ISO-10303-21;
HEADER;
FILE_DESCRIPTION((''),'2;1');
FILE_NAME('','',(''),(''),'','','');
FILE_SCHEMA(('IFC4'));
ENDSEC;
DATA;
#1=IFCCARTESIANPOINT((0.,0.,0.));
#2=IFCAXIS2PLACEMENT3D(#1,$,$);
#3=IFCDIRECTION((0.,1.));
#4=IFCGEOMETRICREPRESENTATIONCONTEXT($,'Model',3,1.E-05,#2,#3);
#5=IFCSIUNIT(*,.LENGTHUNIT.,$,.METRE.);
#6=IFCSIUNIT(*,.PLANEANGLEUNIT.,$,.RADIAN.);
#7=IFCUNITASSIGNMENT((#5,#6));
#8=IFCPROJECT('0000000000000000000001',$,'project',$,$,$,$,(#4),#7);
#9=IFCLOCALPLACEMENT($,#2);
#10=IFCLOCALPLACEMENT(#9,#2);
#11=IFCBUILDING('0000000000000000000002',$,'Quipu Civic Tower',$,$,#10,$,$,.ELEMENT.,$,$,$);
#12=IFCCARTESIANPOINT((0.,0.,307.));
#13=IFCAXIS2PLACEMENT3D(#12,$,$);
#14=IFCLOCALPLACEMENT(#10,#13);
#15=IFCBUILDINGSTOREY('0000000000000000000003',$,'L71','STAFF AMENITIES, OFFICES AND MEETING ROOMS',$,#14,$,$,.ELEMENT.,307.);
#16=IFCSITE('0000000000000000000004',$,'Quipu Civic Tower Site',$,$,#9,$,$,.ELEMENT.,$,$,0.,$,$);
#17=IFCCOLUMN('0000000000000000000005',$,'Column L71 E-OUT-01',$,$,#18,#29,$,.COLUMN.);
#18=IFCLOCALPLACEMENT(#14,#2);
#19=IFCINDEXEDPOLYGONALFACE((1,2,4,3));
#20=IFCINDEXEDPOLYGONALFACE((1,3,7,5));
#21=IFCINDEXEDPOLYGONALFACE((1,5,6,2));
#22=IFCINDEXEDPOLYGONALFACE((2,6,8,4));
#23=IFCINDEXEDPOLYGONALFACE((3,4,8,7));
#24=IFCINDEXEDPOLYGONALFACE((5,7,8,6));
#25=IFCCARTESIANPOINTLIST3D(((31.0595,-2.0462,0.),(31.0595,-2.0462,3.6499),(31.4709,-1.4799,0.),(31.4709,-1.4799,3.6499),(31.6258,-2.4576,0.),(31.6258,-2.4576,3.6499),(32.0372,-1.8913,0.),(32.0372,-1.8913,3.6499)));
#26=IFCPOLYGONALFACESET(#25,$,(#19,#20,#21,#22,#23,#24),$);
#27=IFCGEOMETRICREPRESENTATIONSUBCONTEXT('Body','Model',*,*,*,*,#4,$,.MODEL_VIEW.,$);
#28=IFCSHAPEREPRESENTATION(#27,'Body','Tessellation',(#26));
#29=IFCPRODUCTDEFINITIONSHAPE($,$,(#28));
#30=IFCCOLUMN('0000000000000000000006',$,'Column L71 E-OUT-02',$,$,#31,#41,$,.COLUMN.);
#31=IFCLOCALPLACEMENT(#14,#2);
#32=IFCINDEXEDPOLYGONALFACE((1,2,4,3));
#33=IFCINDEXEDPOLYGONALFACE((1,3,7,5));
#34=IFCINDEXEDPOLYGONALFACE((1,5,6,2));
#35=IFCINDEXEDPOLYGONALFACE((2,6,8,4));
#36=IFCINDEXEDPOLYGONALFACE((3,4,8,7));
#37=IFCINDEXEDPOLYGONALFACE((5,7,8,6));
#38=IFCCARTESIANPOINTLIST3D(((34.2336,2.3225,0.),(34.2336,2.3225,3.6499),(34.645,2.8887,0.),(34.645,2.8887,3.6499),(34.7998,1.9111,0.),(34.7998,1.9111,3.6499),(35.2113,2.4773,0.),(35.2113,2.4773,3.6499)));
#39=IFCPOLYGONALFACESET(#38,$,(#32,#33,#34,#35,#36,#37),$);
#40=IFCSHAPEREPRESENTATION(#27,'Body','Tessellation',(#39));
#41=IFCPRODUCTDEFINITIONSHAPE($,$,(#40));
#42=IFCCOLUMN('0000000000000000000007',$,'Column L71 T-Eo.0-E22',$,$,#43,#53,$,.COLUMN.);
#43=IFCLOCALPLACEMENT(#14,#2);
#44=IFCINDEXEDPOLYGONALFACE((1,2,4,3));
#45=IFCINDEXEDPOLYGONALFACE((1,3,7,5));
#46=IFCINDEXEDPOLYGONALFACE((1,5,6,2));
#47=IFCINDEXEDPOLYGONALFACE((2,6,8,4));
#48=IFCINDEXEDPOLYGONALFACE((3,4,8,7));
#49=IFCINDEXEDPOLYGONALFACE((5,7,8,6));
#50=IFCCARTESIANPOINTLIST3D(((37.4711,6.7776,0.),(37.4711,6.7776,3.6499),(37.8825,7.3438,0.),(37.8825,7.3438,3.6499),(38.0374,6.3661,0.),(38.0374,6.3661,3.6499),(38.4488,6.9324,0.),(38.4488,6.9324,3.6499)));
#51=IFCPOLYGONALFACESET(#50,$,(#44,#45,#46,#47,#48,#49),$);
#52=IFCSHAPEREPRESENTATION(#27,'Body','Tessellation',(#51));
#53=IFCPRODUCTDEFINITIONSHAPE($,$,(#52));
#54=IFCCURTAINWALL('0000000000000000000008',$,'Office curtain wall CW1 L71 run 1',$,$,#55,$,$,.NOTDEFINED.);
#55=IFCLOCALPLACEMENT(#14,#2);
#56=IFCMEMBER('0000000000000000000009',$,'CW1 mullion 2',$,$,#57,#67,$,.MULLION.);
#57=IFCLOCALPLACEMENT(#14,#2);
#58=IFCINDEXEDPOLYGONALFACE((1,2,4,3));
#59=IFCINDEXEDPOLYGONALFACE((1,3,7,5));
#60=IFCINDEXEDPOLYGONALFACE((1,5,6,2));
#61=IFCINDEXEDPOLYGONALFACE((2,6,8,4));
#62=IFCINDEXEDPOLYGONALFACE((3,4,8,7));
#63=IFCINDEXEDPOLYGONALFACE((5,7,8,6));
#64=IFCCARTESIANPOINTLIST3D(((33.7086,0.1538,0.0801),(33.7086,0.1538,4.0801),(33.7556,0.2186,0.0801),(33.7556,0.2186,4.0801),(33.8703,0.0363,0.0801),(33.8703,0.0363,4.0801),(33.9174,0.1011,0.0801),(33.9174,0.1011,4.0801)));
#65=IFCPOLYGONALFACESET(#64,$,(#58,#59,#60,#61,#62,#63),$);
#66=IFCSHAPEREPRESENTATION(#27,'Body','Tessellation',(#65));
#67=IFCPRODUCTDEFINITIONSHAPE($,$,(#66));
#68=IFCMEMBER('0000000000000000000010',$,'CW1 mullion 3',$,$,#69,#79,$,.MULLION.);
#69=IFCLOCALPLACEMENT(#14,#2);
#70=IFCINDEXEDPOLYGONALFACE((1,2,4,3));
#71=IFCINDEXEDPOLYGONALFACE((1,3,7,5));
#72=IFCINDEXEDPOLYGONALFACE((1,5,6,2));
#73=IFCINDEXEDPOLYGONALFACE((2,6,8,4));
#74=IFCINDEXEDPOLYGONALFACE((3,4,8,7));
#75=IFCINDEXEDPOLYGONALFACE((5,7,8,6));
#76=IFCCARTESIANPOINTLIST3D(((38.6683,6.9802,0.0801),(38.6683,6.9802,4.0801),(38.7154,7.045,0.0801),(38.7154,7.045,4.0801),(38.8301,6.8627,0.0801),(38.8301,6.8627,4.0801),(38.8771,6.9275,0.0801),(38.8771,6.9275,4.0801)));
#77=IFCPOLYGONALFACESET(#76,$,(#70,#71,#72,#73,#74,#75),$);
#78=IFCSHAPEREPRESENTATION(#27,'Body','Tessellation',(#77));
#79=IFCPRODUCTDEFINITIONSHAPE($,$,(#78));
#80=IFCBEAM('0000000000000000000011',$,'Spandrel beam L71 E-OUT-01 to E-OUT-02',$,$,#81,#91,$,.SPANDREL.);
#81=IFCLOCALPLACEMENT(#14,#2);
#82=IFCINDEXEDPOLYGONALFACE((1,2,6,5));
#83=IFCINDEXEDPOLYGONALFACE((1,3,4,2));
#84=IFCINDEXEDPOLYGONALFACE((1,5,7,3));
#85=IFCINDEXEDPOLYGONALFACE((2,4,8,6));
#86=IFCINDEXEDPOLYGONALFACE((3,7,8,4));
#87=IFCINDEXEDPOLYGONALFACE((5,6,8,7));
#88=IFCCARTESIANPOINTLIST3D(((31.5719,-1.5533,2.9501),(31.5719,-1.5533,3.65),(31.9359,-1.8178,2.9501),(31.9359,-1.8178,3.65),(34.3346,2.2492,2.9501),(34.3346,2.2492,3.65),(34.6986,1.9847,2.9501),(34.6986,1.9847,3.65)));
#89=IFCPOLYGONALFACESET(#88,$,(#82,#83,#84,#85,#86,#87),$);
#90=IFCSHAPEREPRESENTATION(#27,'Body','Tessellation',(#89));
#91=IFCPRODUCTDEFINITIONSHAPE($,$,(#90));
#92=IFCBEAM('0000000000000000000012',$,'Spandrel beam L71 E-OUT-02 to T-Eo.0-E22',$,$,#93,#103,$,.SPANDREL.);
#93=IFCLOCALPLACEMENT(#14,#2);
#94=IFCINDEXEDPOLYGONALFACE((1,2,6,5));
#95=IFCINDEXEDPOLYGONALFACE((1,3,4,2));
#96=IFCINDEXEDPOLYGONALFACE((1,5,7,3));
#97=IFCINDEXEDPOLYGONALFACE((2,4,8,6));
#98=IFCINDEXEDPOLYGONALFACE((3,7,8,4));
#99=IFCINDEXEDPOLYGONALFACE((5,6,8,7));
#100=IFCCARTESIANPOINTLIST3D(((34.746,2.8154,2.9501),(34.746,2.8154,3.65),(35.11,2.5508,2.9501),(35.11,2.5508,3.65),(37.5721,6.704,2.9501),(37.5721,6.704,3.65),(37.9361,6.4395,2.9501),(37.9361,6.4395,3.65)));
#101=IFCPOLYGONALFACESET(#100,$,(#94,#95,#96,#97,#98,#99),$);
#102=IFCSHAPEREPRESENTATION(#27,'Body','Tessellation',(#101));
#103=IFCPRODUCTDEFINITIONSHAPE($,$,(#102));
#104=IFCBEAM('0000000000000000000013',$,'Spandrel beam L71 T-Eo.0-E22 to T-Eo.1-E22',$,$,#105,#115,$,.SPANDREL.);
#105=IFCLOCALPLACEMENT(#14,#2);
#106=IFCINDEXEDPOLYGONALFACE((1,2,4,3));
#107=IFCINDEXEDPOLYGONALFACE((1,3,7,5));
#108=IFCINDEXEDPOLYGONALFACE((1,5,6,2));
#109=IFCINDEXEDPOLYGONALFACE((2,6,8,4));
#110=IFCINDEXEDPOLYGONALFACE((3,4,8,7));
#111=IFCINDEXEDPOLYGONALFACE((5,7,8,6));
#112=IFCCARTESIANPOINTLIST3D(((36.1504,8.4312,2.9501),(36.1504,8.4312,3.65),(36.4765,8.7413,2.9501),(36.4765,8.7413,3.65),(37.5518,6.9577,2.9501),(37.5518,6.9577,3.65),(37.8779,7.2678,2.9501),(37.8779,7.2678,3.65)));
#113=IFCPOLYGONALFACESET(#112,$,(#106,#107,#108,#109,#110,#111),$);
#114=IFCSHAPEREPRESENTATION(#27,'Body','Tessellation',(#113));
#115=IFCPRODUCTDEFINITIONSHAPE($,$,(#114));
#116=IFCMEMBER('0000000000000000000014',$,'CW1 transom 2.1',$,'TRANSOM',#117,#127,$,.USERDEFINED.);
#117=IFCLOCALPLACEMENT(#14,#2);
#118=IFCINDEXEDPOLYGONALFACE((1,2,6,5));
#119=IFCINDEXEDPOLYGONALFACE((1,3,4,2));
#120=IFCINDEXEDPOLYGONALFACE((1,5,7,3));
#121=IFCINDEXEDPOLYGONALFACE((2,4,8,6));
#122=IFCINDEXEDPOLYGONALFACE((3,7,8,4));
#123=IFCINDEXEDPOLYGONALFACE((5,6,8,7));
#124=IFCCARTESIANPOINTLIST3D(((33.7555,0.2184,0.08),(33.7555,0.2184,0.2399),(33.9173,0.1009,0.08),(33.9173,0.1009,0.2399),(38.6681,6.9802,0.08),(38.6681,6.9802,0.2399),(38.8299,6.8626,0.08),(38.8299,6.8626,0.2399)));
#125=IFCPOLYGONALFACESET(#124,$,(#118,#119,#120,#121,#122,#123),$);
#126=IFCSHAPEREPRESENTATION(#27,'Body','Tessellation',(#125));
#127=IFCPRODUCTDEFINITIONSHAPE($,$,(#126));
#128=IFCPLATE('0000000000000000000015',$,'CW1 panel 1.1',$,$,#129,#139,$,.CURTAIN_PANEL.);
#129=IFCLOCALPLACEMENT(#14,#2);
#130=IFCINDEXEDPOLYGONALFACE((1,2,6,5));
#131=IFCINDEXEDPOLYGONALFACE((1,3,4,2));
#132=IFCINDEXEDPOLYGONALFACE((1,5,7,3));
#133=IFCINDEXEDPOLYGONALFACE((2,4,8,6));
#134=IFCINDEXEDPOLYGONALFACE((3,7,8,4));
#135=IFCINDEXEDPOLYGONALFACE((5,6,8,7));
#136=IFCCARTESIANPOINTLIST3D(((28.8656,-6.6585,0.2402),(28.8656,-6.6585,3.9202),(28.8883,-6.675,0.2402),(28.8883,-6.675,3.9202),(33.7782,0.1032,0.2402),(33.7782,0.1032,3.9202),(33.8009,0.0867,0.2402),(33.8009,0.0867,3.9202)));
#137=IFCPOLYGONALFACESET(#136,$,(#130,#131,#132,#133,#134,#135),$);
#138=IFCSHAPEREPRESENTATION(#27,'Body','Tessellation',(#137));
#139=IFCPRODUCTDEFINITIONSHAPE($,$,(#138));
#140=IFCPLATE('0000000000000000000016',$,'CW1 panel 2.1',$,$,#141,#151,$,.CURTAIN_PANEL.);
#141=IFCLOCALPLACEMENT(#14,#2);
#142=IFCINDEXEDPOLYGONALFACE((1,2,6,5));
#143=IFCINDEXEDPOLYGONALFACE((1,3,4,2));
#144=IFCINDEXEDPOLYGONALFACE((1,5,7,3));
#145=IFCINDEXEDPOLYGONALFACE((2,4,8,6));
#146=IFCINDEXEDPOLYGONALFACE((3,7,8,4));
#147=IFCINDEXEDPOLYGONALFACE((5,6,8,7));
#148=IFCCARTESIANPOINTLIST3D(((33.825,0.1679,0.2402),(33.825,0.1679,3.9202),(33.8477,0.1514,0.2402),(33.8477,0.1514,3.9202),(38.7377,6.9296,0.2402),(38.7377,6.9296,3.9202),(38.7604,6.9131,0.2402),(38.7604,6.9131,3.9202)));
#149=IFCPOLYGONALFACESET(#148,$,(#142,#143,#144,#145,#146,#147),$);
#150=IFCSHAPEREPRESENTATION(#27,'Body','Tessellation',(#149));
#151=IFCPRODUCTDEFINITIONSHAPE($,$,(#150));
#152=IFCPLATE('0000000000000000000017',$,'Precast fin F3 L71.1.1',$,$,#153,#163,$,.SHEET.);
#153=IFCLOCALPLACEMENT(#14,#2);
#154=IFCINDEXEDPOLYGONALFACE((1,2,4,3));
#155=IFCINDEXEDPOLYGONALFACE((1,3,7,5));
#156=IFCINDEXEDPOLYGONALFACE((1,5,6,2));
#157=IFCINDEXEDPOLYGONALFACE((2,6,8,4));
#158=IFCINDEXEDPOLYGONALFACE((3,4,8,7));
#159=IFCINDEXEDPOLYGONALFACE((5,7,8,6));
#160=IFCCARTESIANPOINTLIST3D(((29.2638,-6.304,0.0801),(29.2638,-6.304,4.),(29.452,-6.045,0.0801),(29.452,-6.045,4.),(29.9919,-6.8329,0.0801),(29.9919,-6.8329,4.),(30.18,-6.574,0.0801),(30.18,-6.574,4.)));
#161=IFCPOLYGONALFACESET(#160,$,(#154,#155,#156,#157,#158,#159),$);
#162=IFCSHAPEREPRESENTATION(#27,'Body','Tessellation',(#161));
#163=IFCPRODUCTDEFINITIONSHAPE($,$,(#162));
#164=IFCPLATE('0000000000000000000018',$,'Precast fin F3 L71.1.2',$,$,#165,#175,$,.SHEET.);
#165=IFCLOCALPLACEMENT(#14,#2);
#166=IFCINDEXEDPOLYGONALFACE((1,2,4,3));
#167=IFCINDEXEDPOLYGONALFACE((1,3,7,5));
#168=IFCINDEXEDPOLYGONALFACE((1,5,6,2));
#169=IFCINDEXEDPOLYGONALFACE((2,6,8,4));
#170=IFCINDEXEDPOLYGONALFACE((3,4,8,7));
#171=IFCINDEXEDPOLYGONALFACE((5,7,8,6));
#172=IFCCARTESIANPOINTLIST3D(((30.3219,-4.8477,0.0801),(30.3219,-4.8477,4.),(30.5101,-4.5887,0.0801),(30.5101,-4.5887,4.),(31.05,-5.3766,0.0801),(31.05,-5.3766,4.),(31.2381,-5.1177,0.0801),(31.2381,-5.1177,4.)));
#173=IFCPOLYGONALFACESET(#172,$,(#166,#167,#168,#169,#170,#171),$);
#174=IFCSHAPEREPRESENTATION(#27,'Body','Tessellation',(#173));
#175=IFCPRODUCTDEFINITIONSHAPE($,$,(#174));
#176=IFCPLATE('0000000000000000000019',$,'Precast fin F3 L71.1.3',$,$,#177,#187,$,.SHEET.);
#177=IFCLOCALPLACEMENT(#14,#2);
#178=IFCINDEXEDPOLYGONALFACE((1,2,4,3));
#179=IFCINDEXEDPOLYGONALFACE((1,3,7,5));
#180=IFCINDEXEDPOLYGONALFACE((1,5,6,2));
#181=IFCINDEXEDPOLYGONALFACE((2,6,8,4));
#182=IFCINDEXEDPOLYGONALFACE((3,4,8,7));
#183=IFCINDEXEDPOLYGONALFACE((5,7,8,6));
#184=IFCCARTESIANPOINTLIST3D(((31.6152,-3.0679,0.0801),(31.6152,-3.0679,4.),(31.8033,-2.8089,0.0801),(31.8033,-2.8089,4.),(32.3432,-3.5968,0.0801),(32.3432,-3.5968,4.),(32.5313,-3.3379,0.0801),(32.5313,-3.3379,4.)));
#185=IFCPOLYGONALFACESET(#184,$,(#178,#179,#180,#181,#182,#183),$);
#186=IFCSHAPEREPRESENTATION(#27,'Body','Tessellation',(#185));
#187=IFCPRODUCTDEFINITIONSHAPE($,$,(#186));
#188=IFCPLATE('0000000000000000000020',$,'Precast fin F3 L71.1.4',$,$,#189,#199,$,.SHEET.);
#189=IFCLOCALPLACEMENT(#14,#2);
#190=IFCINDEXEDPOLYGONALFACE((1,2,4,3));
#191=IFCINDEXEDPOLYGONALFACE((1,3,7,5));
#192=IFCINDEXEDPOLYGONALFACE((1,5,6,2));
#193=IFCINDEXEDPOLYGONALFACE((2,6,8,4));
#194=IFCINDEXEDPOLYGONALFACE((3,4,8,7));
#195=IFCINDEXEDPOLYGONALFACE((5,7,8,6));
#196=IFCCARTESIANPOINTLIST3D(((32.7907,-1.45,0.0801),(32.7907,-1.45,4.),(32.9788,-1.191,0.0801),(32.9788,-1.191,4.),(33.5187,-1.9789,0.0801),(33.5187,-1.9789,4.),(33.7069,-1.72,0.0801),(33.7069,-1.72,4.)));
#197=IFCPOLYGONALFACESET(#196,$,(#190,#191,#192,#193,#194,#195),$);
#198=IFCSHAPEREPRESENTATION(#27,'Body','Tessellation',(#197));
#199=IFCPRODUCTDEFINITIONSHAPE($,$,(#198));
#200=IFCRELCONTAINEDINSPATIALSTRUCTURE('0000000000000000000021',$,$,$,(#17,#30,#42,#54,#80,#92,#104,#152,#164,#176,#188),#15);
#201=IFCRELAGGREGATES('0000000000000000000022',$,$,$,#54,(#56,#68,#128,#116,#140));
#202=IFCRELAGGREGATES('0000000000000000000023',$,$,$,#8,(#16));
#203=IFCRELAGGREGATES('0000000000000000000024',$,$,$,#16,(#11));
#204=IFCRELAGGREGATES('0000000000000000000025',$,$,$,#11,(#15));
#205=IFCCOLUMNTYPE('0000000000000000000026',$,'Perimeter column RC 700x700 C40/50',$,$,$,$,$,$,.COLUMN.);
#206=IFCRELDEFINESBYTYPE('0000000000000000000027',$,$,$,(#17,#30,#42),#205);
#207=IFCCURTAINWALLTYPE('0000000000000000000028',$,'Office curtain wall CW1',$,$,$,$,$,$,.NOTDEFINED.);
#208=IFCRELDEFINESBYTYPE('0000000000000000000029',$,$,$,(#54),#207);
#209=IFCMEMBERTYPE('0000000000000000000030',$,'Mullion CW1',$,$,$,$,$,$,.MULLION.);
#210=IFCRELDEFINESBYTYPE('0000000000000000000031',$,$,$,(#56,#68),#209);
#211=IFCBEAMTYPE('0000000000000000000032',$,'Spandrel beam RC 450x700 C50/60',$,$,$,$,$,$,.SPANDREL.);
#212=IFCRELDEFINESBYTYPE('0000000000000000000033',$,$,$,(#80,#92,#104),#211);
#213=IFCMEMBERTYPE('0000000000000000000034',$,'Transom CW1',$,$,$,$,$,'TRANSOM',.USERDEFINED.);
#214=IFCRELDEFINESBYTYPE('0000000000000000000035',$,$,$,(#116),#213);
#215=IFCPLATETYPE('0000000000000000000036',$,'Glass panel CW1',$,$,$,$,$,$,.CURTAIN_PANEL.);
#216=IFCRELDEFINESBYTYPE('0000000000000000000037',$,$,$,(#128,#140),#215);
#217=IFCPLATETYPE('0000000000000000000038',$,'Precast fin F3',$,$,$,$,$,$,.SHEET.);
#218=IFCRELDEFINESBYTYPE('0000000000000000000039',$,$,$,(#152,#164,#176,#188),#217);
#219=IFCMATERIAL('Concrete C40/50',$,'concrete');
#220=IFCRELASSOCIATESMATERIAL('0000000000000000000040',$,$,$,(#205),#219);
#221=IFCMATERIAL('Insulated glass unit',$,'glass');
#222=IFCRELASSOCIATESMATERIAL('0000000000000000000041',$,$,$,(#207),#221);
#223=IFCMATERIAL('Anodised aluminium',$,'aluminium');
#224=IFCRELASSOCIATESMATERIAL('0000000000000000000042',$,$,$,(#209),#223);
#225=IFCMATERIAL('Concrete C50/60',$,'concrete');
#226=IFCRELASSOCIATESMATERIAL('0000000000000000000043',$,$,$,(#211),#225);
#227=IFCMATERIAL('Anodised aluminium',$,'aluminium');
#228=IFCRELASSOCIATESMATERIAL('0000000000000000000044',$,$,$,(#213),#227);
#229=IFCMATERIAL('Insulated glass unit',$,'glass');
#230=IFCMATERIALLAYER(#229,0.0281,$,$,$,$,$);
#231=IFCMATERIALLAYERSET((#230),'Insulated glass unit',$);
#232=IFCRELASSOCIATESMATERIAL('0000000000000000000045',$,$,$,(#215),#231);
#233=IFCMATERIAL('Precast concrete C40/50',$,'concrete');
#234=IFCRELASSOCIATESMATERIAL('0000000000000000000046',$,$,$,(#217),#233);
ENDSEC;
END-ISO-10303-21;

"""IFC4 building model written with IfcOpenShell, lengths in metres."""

from ifc_helpers import new_model, si_unit, direction, frame, origin, origin_2d, place, context, subcontext, project, spatial, rectangle, extrude, material, layer, layer_set, material_profile, profile_set, type_object, element, aggregate, save


model = new_model("IFC4")

# Units and contexts
model_context = context("Model", 3, precision=1e-05, world=origin(), true_north=direction((0.0, 1.0)))
body_context = subcontext(model_context, "Body", "Model", "MODEL_VIEW")
ifc_project = project(units=[si_unit("LENGTHUNIT", "METRE"), si_unit("PLANEANGLEUNIT", "RADIAN")], contexts=[model_context])

# Site, building, storey
site_placement = place(None, origin())
site = spatial("IfcSite", under=ifc_project, at=site_placement, Name="Quipu Civic Tower Site", CompositionType="ELEMENT", RefElevation=0.0)
building_placement = place(site_placement, origin())
building = spatial("IfcBuilding", under=site, at=building_placement, Name="Quipu Civic Tower", CompositionType="ELEMENT")
storey_placement = place(building_placement, frame((0.0, 0.0, 307.0)))
storey = spatial("IfcBuildingStorey", under=building, at=storey_placement, Name="L71", Description="STAFF AMENITIES, OFFICES AND MEETING ROOMS", CompositionType="ELEMENT", Elevation=307.0)

# Columns
ifc_material_1 = material(Name="Concrete C40/50", Category="concrete")
ifc_material_profile_1 = material_profile(ifc_material_1, rectangle(XDim=0.7, YDim=0.7, at=origin_2d()), Name="RC700x700")
ifc_profile_set_1 = profile_set([ifc_material_profile_1], Name="Concrete C40/50")
column_type = type_object("IfcColumnType", Name="Perimeter column RC 700x700 C40/50", PredefinedType="COLUMN", material=ifc_profile_set_1)
for number, where, z_axis, x_axis, name in (
    (1, (31.5483, -1.9688, 0.0), (0.0, 0.0, 1.0), (0.587785, 0.809017, 0.0), "Column L71 E-OUT-01"),
    (2, (34.7224, 2.3999, 0.0), (0.0, 0.0, 1.0), (0.587785, 0.809017, 0.0), "Column L71 E-OUT-02"),
    (3, (37.96, 6.855, 0.0), (0.0, 0.0, 1.0), (0.587785, 0.809017, 0.0), "Column L71 T-Eo.0-E22"),
):
    element("IfcColumn", number, at=place(storey_placement, frame(where, z_axis=z_axis, x_axis=x_axis)), inside=storey, type_object=column_type, Name=name, PredefinedType="COLUMN", context=body_context, shape_type="SweptSolid", body=[
        extrude(rectangle(XDim=0.7, YDim=0.7, at=origin_2d()), origin(), (0.0, 0.0, 1.0), 3.6499),
    ])

# Curtain wall, members
ifc_material_2 = material(Name="Insulated glass unit", Category="glass")
curtain_wall_type = type_object("IfcCurtainWallType", Name="Office curtain wall CW1", PredefinedType="NOTDEFINED", material=ifc_material_2)
curtain_wall_placement = place(storey_placement, origin())
curtain_wall = element("IfcCurtainWall", 4, at=curtain_wall_placement, inside=storey, type_object=curtain_wall_type, Name="Office curtain wall CW1 L71 run 1", PredefinedType="NOTDEFINED")
ifc_material_3 = material(Name="Anodised aluminium", Category="aluminium")
ifc_material_profile_2 = material_profile(ifc_material_3, rectangle(XDim=0.2, YDim=0.0801, at=origin_2d()), Name="RECT 200x80")
ifc_profile_set_2 = profile_set([ifc_material_profile_2], Name="Anodised aluminium")
member_type_1 = type_object("IfcMemberType", Name="Mullion CW1", PredefinedType="MULLION", material=ifc_profile_set_2)
member_1_placement = place(storey_placement, frame((33.813, 0.1274, 0.0801), z_axis=(0.0, 0.0, 1.0), x_axis=(-0.809016, 0.587786, 0.0)))
member_1 = element("IfcMember", 5, at=member_1_placement, type_object=member_type_1, Name="CW1 mullion 2", PredefinedType="MULLION", context=body_context, shape_type="SweptSolid", body=[
    extrude(rectangle(XDim=0.2, YDim=0.0801, at=origin_2d()), origin(), (0.0, 0.0, 1.0), 4.0),
])
member_2_placement = place(storey_placement, frame((38.7727, 6.9539, 0.0801), z_axis=(0.0, 0.0, 1.0), x_axis=(-0.809016, 0.587786, 0.0)))
member_2 = element("IfcMember", 6, at=member_2_placement, type_object=member_type_1, Name="CW1 mullion 3", PredefinedType="MULLION", context=body_context, shape_type="SweptSolid", body=[
    extrude(rectangle(XDim=0.2, YDim=0.0801, at=origin_2d()), origin(), (0.0, 0.0, 1.0), 4.0),
])

# Beams
ifc_material_4 = material(Name="Concrete C50/60", Category="concrete")
ifc_material_profile_3 = material_profile(ifc_material_4, rectangle(XDim=0.45, YDim=0.7, at=origin_2d()), Name="RC450x700")
ifc_profile_set_3 = profile_set([ifc_material_profile_3], Name="Concrete C50/60")
beam_type = type_object("IfcBeamType", Name="Spandrel beam RC 450x700 C50/60", PredefinedType="SPANDREL", material=ifc_profile_set_3)
beam_1_placement = place(storey_placement, frame((31.7539, -1.6855, 3.3), z_axis=(0.587789, 0.809015, 0.0), x_axis=(-0.809015, 0.587789, 0.0)))
element("IfcBeam", 7, at=beam_1_placement, inside=storey, type_object=beam_type, Name="Spandrel beam L71 E-OUT-01 to E-OUT-02", PredefinedType="SPANDREL", context=body_context, shape_type="SweptSolid", body=[
    extrude(rectangle(XDim=0.45, YDim=0.7, at=origin_2d()), origin(), (0.0, 0.0, 1.0), 4.7002),
])
beam_2_placement = place(storey_placement, frame((34.928, 2.6831, 3.3), z_axis=(0.587906, 0.808929, 0.0), x_axis=(-0.808929, 0.587906, 0.0)))
element("IfcBeam", 8, at=beam_2_placement, inside=storey, type_object=beam_type, Name="Spandrel beam L71 E-OUT-02 to T-Eo.0-E22", PredefinedType="SPANDREL", context=body_context, shape_type="SweptSolid", body=[
    extrude(rectangle(XDim=0.45, YDim=0.7, at=origin_2d()), origin(), (0.0, 0.0, 1.0), 4.8071),
])
beam_3_placement = place(storey_placement, frame((37.7148, 7.1128, 3.3), z_axis=(-0.689175, 0.724595, 0.0), x_axis=(-0.724595, -0.689175, 0.0)))
element("IfcBeam", 9, at=beam_3_placement, inside=storey, type_object=beam_type, Name="Spandrel beam L71 T-Eo.0-E22 to T-Eo.1-E22", PredefinedType="SPANDREL", context=body_context, shape_type="SweptSolid", body=[
    extrude(rectangle(XDim=0.45, YDim=0.7, at=origin_2d()), origin(), (0.0, 0.0, 1.0), 2.0334),
])

# Member
ifc_material_5 = material(Name="Anodised aluminium", Category="aluminium")
ifc_material_profile_4 = material_profile(ifc_material_5, rectangle(XDim=0.2, YDim=0.1599, at=origin_2d()), Name="RECT 200x160")
ifc_profile_set_4 = profile_set([ifc_material_profile_4], Name="Anodised aluminium")
member_type_2 = type_object("IfcMemberType", Name="Transom CW1", ElementType="TRANSOM", PredefinedType="USERDEFINED", material=ifc_profile_set_4)
member_3_placement = place(storey_placement, frame((33.8364, 0.1597, 0.1599), z_axis=(0.587779, 0.809021, 0.0), x_axis=(-0.809021, 0.587779, 0.0)))
member_3 = element("IfcMember", 10, at=member_3_placement, type_object=member_type_2, Name="CW1 transom 2.1", ObjectType="TRANSOM", PredefinedType="USERDEFINED", context=body_context, shape_type="SweptSolid", body=[
    extrude(rectangle(XDim=0.2, YDim=0.1599, at=origin_2d()), origin(), (0.0, 0.0, 1.0), 8.3579),
])

# Plates
ifc_material_6 = material(Name="Insulated glass unit", Category="glass")
ifc_layer = layer(ifc_material_6, 0.0281)
ifc_layer_set = layer_set([ifc_layer], Name="Insulated glass unit")
plate_type_1 = type_object("IfcPlateType", Name="Glass panel CW1", PredefinedType="CURTAIN_PANEL", material=ifc_layer_set)
plate_1_placement = place(storey_placement, frame((31.3333, -3.2859, 0.2402), z_axis=(0.0, 0.0, 1.0), x_axis=(0.587786, 0.809016, 0.0)))
plate_1 = element("IfcPlate", 11, at=plate_1_placement, type_object=plate_type_1, Name="CW1 panel 1.1", PredefinedType="CURTAIN_PANEL", context=body_context, shape_type="SweptSolid", body=[
    extrude(rectangle(XDim=8.3579, YDim=0.0281, at=origin_2d()), origin(), (0.0, 0.0, 1.0), 3.6799),
])
plate_2_placement = place(storey_placement, frame((36.2927, 3.5405, 0.2402), z_axis=(0.0, 0.0, 1.0), x_axis=(0.587786, 0.809016, 0.0)))
plate_2 = element("IfcPlate", 12, at=plate_2_placement, type_object=plate_type_1, Name="CW1 panel 2.1", PredefinedType="CURTAIN_PANEL", context=body_context, shape_type="SweptSolid", body=[
    extrude(rectangle(XDim=8.3579, YDim=0.0281, at=origin_2d()), origin(), (0.0, 0.0, 1.0), 3.6799),
])
aggregate(curtain_wall, [member_1, member_2, plate_1, member_3, plate_2])

# Plates
ifc_material_7 = material(Name="Precast concrete C40/50", Category="concrete")
plate_type_2 = type_object("IfcPlateType", Name="Precast fin F3", PredefinedType="SHEET", material=ifc_material_7)
for number, where, z_axis, x_axis, name in (
    (13, (29.7219, -6.439, 0.0801), (0.0, 0.0, 1.0), (0.587787, 0.809016, 0.0), "Precast fin F3 L71.1.1"),
    (14, (30.78, -4.9827, 0.0801), (0.0, 0.0, 1.0), (0.587787, 0.809016, 0.0), "Precast fin F3 L71.1.2"),
    (15, (32.0732, -3.2029, 0.0801), (0.0, 0.0, 1.0), (0.587787, 0.809016, 0.0), "Precast fin F3 L71.1.3"),
    (16, (33.2488, -1.585, 0.0801), (0.0, 0.0, 1.0), (0.587787, 0.809016, 0.0), "Precast fin F3 L71.1.4"),
):
    element("IfcPlate", number, at=place(storey_placement, frame(where, z_axis=z_axis, x_axis=x_axis)), inside=storey, type_object=plate_type_2, Name=name, PredefinedType="SHEET", context=body_context, shape_type="SweptSolid", body=[
        extrude(rectangle(XDim=0.3201, YDim=0.8999, at=origin_2d()), origin(), (0.0, 0.0, 1.0), 3.9199),
    ])

save(model, "model.ifc")
